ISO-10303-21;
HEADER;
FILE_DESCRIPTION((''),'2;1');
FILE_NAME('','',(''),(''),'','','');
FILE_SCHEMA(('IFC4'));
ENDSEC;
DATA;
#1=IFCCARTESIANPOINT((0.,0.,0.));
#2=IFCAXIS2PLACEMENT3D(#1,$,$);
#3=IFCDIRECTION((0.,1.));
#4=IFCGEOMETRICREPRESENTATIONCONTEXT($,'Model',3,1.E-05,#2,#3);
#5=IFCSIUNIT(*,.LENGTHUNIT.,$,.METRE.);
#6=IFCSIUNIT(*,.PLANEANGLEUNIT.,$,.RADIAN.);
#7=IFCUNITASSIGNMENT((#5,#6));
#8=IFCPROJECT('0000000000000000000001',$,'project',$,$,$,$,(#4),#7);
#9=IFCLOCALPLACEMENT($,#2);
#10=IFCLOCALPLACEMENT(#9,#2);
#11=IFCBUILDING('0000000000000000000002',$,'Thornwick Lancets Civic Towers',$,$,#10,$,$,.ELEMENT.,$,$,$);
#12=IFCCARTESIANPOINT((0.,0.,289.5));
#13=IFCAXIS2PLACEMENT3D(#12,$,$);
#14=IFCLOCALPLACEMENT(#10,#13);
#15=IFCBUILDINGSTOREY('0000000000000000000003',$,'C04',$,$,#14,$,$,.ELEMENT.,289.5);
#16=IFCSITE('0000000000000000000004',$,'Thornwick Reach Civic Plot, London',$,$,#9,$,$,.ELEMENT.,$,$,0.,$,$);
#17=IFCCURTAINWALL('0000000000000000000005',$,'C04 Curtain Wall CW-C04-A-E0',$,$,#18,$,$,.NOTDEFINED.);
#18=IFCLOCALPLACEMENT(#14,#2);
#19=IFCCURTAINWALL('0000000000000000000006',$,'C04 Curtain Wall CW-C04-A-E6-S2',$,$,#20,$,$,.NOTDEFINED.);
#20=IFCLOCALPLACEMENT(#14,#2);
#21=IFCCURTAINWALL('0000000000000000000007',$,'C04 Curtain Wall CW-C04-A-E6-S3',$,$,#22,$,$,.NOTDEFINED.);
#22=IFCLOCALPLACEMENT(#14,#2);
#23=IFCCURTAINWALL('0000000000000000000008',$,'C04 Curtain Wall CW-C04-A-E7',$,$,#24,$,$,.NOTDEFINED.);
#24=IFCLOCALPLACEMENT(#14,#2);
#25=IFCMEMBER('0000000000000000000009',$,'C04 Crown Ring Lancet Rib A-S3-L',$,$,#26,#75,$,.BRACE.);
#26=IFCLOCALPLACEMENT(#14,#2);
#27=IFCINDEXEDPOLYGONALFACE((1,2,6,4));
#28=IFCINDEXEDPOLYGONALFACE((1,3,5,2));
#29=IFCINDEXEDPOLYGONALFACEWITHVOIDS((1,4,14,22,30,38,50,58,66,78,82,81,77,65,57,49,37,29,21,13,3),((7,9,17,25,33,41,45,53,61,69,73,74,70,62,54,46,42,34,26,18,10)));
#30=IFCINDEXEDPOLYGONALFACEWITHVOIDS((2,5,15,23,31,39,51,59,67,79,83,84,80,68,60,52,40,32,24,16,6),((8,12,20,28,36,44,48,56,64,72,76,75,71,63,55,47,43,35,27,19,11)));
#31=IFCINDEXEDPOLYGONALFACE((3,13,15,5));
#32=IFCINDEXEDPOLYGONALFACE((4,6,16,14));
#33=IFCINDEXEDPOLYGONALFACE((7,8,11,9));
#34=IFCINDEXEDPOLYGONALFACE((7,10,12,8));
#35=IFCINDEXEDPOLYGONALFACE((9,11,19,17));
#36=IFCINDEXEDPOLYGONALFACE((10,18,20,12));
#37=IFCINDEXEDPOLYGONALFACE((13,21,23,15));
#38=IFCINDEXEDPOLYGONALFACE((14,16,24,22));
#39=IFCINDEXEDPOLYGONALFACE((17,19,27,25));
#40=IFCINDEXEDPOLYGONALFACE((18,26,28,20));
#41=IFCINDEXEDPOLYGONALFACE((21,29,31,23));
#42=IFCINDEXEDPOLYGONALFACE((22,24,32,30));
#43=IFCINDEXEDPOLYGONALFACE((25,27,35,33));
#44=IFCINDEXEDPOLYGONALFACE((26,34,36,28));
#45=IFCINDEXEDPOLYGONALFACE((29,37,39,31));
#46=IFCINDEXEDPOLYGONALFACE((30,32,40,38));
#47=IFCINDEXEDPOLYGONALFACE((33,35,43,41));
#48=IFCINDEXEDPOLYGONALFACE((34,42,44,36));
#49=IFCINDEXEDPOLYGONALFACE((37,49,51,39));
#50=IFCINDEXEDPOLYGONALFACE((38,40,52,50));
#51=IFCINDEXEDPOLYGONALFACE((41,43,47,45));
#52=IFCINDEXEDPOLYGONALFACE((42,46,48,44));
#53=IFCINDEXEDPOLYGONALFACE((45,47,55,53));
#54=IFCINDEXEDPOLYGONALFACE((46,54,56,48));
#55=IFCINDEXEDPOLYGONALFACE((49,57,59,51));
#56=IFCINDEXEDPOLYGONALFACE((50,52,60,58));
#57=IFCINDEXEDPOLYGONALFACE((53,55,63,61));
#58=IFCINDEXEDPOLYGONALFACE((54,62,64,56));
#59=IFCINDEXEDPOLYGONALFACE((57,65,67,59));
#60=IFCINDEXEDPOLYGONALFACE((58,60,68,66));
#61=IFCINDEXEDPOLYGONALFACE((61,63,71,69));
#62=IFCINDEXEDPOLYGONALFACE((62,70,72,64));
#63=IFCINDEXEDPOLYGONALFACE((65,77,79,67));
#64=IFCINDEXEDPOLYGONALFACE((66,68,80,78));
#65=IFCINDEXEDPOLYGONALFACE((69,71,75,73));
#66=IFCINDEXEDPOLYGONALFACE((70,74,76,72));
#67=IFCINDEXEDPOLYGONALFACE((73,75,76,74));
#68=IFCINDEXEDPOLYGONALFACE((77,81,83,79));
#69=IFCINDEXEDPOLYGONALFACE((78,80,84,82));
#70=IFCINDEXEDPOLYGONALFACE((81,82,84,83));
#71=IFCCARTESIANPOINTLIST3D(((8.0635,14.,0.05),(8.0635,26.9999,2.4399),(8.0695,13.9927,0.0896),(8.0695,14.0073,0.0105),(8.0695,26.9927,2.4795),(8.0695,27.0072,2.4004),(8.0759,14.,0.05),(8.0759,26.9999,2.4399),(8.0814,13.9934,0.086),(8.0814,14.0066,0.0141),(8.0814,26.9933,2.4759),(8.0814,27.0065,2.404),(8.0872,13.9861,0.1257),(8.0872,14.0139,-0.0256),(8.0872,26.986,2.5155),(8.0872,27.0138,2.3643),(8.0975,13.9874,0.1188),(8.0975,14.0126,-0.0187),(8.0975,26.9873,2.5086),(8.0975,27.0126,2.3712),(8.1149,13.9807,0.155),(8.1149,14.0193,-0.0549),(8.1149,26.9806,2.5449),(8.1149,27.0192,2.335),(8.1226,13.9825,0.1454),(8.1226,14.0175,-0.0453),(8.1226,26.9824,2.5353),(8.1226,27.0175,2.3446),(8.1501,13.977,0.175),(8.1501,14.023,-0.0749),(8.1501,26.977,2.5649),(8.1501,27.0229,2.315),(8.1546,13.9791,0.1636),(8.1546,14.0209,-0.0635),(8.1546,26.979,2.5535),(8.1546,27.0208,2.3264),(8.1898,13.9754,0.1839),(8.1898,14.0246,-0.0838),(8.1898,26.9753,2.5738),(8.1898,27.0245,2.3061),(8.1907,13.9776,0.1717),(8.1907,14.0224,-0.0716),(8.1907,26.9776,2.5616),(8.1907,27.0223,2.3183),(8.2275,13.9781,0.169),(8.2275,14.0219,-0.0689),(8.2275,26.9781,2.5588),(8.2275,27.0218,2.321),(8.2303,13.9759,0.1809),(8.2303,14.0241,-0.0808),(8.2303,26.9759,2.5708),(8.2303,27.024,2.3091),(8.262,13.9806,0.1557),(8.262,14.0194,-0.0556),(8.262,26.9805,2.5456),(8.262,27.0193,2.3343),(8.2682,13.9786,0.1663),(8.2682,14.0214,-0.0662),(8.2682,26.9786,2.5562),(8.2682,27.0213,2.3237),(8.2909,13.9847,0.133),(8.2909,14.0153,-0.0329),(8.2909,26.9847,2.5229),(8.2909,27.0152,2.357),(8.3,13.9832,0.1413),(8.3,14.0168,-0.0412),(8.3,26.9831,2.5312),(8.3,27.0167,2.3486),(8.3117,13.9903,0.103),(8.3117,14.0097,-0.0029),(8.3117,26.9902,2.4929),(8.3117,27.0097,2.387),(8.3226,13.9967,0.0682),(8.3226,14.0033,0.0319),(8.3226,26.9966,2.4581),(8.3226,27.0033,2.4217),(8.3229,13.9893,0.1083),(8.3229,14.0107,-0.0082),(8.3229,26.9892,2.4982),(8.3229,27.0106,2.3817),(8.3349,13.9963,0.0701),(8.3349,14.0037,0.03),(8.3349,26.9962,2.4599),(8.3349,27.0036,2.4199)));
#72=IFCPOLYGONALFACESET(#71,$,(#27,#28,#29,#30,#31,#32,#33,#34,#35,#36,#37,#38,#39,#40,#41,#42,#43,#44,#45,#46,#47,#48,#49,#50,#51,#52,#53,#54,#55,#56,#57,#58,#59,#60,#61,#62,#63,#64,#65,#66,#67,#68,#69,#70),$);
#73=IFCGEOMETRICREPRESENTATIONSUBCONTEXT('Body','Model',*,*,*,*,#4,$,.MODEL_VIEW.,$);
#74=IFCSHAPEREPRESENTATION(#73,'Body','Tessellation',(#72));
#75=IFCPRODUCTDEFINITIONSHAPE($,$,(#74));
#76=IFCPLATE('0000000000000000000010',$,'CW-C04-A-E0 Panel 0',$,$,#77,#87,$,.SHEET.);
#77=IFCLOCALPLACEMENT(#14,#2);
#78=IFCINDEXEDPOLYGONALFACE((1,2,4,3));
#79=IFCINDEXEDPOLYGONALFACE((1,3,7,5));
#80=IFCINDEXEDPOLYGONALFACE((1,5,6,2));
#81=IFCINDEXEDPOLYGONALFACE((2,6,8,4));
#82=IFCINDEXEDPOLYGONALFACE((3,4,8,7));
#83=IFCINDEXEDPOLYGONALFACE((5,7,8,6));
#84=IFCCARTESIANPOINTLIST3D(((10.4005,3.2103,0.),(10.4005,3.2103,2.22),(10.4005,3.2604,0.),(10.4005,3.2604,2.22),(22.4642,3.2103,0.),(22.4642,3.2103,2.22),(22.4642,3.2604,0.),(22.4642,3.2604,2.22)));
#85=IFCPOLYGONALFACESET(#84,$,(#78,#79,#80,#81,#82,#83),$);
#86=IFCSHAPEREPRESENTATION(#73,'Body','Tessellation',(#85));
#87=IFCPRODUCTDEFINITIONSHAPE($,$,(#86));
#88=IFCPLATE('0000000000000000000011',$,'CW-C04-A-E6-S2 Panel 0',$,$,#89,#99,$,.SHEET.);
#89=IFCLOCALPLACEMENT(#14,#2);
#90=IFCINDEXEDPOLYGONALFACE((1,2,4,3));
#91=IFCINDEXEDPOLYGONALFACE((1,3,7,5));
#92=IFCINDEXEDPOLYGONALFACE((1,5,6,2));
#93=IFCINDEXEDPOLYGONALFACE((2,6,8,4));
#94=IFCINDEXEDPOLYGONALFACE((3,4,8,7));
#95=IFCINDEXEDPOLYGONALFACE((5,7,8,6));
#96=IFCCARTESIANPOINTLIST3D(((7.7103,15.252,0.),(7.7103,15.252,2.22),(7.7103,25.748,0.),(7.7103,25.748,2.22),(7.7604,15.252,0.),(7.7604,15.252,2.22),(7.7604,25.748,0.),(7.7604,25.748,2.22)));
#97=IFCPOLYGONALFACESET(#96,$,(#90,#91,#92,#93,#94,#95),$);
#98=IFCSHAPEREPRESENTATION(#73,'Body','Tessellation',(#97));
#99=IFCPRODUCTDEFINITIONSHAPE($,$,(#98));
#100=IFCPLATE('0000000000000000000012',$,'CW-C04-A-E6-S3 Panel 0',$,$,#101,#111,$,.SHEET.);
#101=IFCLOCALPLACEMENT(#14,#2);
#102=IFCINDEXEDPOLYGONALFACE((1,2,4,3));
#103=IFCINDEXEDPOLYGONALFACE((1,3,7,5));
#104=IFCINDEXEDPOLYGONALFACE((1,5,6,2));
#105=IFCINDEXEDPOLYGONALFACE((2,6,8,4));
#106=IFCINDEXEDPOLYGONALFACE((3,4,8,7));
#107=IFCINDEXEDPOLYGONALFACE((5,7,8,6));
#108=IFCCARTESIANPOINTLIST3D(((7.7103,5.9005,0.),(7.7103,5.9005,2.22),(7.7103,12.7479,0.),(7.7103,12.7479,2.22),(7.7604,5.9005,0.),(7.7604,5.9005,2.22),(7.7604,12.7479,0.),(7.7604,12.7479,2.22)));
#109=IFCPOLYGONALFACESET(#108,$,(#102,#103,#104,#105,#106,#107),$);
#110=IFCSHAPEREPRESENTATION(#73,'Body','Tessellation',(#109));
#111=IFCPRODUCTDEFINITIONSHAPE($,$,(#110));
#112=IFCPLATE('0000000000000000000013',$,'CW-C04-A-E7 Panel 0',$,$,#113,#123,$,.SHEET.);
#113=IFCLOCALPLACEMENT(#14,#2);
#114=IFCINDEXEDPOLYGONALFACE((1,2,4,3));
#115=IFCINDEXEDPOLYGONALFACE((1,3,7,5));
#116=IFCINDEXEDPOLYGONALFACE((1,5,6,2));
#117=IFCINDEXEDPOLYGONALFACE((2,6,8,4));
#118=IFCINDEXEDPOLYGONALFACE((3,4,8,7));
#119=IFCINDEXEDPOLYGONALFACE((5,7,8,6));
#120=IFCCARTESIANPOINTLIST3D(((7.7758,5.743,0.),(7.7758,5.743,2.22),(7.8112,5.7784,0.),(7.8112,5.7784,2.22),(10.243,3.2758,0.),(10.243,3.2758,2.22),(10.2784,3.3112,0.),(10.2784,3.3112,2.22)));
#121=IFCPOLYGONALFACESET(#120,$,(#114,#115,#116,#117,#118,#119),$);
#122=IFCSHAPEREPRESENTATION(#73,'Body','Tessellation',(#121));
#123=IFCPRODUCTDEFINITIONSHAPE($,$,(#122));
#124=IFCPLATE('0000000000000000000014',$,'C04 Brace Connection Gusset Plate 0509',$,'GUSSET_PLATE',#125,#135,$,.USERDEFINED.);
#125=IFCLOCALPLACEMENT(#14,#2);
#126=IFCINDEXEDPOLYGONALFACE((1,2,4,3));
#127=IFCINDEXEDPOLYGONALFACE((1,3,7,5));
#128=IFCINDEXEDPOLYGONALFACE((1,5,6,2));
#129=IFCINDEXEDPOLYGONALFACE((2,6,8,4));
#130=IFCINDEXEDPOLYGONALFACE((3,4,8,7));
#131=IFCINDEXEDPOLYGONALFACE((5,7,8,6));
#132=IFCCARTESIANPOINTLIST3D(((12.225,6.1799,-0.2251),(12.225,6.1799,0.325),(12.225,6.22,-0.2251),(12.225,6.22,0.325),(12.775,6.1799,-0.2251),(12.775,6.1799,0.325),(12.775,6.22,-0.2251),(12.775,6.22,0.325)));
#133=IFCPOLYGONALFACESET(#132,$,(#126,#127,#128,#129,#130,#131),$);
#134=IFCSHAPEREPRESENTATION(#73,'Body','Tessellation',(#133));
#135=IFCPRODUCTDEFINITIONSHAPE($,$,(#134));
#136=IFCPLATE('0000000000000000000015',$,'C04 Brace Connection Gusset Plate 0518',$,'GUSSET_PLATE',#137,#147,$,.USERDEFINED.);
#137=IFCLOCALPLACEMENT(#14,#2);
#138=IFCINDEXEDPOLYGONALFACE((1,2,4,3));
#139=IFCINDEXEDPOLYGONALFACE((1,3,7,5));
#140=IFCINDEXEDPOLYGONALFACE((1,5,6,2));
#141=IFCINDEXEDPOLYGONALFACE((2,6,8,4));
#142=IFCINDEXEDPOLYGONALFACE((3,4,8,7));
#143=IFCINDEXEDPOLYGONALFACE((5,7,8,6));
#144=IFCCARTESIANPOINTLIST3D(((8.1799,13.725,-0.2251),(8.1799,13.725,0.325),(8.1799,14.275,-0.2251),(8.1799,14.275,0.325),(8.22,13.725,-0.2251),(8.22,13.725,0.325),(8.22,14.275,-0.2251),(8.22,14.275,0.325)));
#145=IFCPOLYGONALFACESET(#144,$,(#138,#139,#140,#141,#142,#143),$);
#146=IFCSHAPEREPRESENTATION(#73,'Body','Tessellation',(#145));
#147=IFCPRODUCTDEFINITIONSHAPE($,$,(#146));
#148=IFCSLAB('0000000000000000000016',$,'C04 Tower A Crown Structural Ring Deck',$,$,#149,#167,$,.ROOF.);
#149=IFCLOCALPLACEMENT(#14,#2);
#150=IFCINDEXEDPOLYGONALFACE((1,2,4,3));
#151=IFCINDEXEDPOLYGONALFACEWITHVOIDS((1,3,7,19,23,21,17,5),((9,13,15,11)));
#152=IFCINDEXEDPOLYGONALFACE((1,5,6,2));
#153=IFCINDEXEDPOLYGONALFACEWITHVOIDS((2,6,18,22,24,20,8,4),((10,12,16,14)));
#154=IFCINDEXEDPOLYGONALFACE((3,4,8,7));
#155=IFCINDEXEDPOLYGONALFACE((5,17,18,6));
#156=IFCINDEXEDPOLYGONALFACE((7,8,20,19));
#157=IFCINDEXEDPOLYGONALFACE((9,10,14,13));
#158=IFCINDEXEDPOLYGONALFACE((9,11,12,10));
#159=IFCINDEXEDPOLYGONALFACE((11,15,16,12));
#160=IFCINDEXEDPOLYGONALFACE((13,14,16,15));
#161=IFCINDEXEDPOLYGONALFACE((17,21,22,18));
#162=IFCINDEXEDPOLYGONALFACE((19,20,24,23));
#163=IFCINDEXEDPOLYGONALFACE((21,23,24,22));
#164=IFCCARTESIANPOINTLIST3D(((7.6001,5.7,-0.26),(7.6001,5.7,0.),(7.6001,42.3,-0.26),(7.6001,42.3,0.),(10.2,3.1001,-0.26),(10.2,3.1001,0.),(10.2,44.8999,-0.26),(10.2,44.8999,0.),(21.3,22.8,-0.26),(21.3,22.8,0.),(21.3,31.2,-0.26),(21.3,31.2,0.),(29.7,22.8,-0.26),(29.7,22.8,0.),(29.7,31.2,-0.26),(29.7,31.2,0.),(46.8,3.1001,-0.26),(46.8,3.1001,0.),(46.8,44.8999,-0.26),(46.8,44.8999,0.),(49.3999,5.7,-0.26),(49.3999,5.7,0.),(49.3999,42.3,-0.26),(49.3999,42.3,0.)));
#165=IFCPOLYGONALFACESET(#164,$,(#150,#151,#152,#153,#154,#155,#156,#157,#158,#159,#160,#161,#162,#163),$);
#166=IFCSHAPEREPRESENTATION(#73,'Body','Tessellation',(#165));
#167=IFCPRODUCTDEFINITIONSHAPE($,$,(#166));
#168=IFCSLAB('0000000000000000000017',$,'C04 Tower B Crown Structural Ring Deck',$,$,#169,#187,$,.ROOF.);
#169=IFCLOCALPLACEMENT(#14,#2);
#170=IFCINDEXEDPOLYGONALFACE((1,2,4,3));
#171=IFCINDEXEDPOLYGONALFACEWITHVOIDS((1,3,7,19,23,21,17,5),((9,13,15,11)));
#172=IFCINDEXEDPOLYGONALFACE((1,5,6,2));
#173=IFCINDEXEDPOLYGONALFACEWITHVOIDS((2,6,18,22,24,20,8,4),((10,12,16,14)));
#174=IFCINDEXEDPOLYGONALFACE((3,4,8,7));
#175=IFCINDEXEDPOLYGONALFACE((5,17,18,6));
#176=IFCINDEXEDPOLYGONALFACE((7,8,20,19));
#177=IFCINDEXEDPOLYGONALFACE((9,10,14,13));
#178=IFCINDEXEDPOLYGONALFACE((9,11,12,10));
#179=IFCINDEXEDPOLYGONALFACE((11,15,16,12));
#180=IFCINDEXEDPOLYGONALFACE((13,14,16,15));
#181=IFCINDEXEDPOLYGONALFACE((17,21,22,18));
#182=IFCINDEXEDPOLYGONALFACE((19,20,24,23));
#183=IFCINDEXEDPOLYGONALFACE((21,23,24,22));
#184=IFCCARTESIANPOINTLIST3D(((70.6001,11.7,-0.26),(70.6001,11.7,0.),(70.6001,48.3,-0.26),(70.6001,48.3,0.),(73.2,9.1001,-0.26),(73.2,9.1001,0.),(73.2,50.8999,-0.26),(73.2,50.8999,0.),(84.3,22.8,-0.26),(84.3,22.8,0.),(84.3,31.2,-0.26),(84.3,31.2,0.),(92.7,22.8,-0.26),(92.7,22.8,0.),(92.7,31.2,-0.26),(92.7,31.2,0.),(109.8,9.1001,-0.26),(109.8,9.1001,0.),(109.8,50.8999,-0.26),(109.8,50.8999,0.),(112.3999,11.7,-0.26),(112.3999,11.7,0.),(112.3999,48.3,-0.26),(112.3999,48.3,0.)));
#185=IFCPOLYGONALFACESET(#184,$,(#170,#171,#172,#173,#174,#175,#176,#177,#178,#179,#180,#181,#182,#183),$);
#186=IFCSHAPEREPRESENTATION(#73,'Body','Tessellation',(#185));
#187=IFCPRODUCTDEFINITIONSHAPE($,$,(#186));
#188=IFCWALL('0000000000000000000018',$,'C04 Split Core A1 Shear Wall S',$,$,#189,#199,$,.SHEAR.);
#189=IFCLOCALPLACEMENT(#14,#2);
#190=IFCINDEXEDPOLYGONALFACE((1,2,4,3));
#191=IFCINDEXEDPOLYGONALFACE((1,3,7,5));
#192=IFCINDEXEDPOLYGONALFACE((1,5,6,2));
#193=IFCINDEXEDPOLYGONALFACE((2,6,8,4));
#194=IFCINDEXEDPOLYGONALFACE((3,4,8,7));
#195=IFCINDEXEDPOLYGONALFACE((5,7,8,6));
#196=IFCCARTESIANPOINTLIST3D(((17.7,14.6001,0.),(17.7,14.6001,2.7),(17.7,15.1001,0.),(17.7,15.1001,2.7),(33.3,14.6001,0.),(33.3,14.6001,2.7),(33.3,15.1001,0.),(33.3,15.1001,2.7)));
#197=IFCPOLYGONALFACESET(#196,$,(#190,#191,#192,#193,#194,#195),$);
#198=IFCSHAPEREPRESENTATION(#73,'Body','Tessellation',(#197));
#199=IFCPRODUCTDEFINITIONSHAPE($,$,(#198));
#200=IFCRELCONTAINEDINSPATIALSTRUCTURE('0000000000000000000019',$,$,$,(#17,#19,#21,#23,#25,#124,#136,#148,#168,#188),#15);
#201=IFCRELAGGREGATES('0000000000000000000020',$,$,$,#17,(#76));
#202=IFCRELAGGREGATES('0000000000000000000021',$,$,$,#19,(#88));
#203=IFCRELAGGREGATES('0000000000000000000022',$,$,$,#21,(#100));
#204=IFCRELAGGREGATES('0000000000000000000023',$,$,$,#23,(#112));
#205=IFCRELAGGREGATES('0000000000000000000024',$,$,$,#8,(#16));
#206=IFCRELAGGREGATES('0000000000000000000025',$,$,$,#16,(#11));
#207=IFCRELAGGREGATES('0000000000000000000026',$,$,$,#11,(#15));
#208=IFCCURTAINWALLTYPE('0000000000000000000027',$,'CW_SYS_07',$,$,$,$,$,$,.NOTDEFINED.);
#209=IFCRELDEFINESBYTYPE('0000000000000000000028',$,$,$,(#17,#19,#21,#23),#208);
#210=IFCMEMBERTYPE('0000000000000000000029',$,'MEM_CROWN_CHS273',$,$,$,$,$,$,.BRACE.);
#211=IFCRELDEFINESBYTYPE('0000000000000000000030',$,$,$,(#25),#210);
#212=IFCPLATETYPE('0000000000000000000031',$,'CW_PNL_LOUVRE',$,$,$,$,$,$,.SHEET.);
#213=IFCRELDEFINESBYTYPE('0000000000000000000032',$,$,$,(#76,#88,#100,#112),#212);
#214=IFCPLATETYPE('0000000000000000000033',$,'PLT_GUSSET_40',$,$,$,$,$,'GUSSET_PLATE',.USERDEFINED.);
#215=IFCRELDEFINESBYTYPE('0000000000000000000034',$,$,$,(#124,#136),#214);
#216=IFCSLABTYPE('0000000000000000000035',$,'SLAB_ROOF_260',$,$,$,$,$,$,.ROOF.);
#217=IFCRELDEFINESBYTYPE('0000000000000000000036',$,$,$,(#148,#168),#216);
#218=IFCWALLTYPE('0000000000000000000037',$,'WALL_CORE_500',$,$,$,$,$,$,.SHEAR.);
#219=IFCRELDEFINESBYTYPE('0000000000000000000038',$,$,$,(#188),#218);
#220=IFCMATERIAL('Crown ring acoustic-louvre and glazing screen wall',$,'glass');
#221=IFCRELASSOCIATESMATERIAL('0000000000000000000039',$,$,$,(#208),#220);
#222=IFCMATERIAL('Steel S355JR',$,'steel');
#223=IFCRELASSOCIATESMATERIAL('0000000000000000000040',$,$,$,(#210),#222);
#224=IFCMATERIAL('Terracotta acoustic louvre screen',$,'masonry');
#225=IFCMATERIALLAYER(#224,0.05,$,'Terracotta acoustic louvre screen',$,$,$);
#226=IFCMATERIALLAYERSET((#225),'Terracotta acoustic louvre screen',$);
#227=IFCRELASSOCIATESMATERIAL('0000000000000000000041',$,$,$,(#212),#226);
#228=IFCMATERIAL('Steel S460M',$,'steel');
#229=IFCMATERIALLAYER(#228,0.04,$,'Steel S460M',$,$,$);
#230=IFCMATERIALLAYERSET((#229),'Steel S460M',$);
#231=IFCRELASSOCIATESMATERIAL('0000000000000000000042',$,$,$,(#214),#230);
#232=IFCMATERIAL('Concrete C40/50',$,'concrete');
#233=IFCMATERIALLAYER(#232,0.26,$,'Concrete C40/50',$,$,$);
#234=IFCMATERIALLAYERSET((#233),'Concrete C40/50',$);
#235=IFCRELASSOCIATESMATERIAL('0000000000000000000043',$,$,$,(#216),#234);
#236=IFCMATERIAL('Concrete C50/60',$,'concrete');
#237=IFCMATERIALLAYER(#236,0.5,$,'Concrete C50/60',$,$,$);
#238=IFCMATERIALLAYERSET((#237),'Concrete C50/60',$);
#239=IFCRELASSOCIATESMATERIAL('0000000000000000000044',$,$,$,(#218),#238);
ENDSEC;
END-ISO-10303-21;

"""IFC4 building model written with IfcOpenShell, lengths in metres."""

from ifc_helpers import new_model, si_unit, direction, frame, frame_2d, origin, origin_2d, place, context, subcontext, project, spatial, polyline, rectangle, hollow_circle, outline, extrude, material, layer, layer_set, material_profile, profile_set, type_object, element, aggregate, save


model = new_model("IFC4")

# Units and contexts
model_context = context("Model", 3, precision=1e-05, world=origin(), true_north=direction((0.0, 1.0)))
body_context = subcontext(model_context, "Body", "Model", "MODEL_VIEW")
ifc_project = project(units=[si_unit("LENGTHUNIT", "METRE"), si_unit("PLANEANGLEUNIT", "RADIAN")], contexts=[model_context])

# Site, building, storey
site_placement = place(None, origin())
site = spatial("IfcSite", under=ifc_project, at=site_placement, Name="Thornwick Reach Civic Plot, London", CompositionType="ELEMENT", RefElevation=0.0)
building_placement = place(site_placement, origin())
building = spatial("IfcBuilding", under=site, at=building_placement, Name="Thornwick Lancets Civic Towers", CompositionType="ELEMENT")
storey_placement = place(building_placement, frame((0.0, 0.0, 289.5)))
storey = spatial("IfcBuildingStorey", under=building, at=storey_placement, Name="C04", CompositionType="ELEMENT", Elevation=289.5)

# Shared definitions
ifc_material_1 = material(Name="Steel S355JR", Category="steel")

# Curtain wall
ifc_material_2 = material(Name="Crown ring acoustic-louvre and glazing screen wall", Category="glass")
curtain_wall_type = type_object("IfcCurtainWallType", Name="CW_SYS_07", PredefinedType="NOTDEFINED", material=ifc_material_2)
curtain_wall_1_placement = place(storey_placement, origin())
curtain_wall_1 = element("IfcCurtainWall", 1, at=curtain_wall_1_placement, inside=storey, type_object=curtain_wall_type, Name="C04 Curtain Wall CW-C04-A-E0", PredefinedType="NOTDEFINED")

# Curtain wall
curtain_wall_2_placement = place(storey_placement, origin())
curtain_wall_2 = element("IfcCurtainWall", 2, at=curtain_wall_2_placement, inside=storey, type_object=curtain_wall_type, Name="C04 Curtain Wall CW-C04-A-E6-S2", PredefinedType="NOTDEFINED")

# Curtain walls
curtain_wall_3_placement = place(storey_placement, origin())
curtain_wall_3 = element("IfcCurtainWall", 3, at=curtain_wall_3_placement, inside=storey, type_object=curtain_wall_type, Name="C04 Curtain Wall CW-C04-A-E6-S3", PredefinedType="NOTDEFINED")
curtain_wall_4_placement = place(storey_placement, origin())
curtain_wall_4 = element("IfcCurtainWall", 4, at=curtain_wall_4_placement, inside=storey, type_object=curtain_wall_type, Name="C04 Curtain Wall CW-C04-A-E7", PredefinedType="NOTDEFINED")

# Member
ifc_material_profile_1 = material_profile(ifc_material_1, hollow_circle(Radius=0.1365, WallThickness=0.0125, at=origin_2d()), Name="CHS 273x12.5")
ifc_profile_set_1 = profile_set([ifc_material_profile_1], Name="Steel S355JR")
member_type_1 = type_object("IfcMemberType", Name="MEM_CROWN_CHS273", PredefinedType="BRACE", material=ifc_profile_set_1)
for number, where, z_axis, x_axis, name in (
    (5, (8.2, 14.0, 0.05), (0.0, 0.983518, 0.180808), (-1.0, 0.0, 0.0), "C04 Crown Ring Lancet Rib A-S3-L"),
):
    element("IfcMember", number, at=place(storey_placement, frame(where, z_axis=z_axis, x_axis=x_axis)), inside=storey, type_object=member_type_1, Name=name, PredefinedType="BRACE", context=body_context, shape_type="SweptSolid", body=[
        extrude(hollow_circle(Radius=0.1365, WallThickness=0.0125, at=origin_2d()), origin(), (0.0, 0.0, 1.0), 13.2178),
    ])

# Plates
ifc_material_3 = material(Name="Terracotta acoustic louvre screen", Category="masonry")
ifc_layer_1 = layer(ifc_material_3, 0.05, Name="Terracotta acoustic louvre screen")
ifc_layer_set_1 = layer_set([ifc_layer_1], Name="Terracotta acoustic louvre screen")
plate_type_1 = type_object("IfcPlateType", Name="CW_PNL_LOUVRE", PredefinedType="SHEET", material=ifc_layer_set_1)
plate_1_placement = place(storey_placement, frame((16.4324, 3.2354, 0.0), z_axis=(0.0, 0.0, 1.0), x_axis=(1.0, 0.0, 0.0)))
plate_1 = element("IfcPlate", 6, at=plate_1_placement, type_object=plate_type_1, Name="CW-C04-A-E0 Panel 0", PredefinedType="SHEET", context=body_context, shape_type="SweptSolid", body=[
    extrude(rectangle(XDim=12.0637, YDim=0.05, at=origin_2d()), origin(), (0.0, 0.0, 1.0), 2.22),
])
aggregate(curtain_wall_1, [plate_1])
plate_2_placement = place(storey_placement, frame((7.7354, 20.5, 0.0), z_axis=(0.0, 0.0, 1.0), x_axis=(0.0, -1.0, 0.0)))
plate_2 = element("IfcPlate", 7, at=plate_2_placement, type_object=plate_type_1, Name="CW-C04-A-E6-S2 Panel 0", PredefinedType="SHEET", context=body_context, shape_type="SweptSolid", body=[
    extrude(rectangle(XDim=10.4961, YDim=0.05, at=origin_2d()), origin(), (0.0, 0.0, 1.0), 2.22),
])
aggregate(curtain_wall_2, [plate_2])
plate_3_placement = place(storey_placement, frame((7.7354, 9.3242, 0.0), z_axis=(0.0, 0.0, 1.0), x_axis=(0.0, -1.0, 0.0)))
plate_3 = element("IfcPlate", 8, at=plate_3_placement, type_object=plate_type_1, Name="CW-C04-A-E6-S3 Panel 0", PredefinedType="SHEET", context=body_context, shape_type="SweptSolid", body=[
    extrude(rectangle(XDim=6.8474, YDim=0.05, at=origin_2d()), origin(), (0.0, 0.0, 1.0), 2.22),
])
aggregate(curtain_wall_3, [plate_3])
plate_4_placement = place(storey_placement, frame((9.0271, 4.5271, 0.0), z_axis=(0.0, 0.0, 1.0), x_axis=(0.707107, -0.707107, 0.0)))
plate_4 = element("IfcPlate", 9, at=plate_4_placement, type_object=plate_type_1, Name="CW-C04-A-E7 Panel 0", PredefinedType="SHEET", context=body_context, shape_type="SweptSolid", body=[
    extrude(rectangle(XDim=3.4893, YDim=0.05, at=origin_2d()), origin(), (0.0, 0.0, 1.0), 2.22),
])
aggregate(curtain_wall_4, [plate_4])

# Plates
ifc_material_4 = material(Name="Steel S460M", Category="steel")
ifc_layer_2 = layer(ifc_material_4, 0.04, Name="Steel S460M")
ifc_layer_set_2 = layer_set([ifc_layer_2], Name="Steel S460M")
plate_type_2 = type_object("IfcPlateType", Name="PLT_GUSSET_40", ElementType="GUSSET_PLATE", PredefinedType="USERDEFINED", material=ifc_layer_set_2)
for number, where, z_axis, x_axis, name in (
    (10, (12.5, 6.2, -0.2251), (0.0, 0.0, 1.0), (1.0, 0.0, 0.0), "C04 Brace Connection Gusset Plate 0509"),
    (11, (8.2, 14.0, -0.2251), (0.0, 0.0, 1.0), (0.0, 1.0, 0.0), "C04 Brace Connection Gusset Plate 0518"),
):
    element("IfcPlate", number, at=place(storey_placement, frame(where, z_axis=z_axis, x_axis=x_axis)), inside=storey, type_object=plate_type_2, Name=name, ObjectType="GUSSET_PLATE", PredefinedType="USERDEFINED", context=body_context, shape_type="SweptSolid", body=[
        extrude(rectangle(XDim=0.55, YDim=0.04, at=origin_2d()), origin(), (0.0, 0.0, 1.0), 0.55),
    ])

# Slabs
ifc_material_5 = material(Name="Concrete C40/50", Category="concrete")
ifc_layer_3 = layer(ifc_material_5, 0.26, Name="Concrete C40/50")
ifc_layer_set_3 = layer_set([ifc_layer_3], Name="Concrete C40/50")
slab_type = type_object("IfcSlabType", Name="SLAB_ROOF_260", PredefinedType="ROOF", material=ifc_layer_set_3)
slab_1_placement = place(storey_placement, frame((0.0, 0.0, -0.26)))
element("IfcSlab", 12, at=slab_1_placement, inside=storey, type_object=slab_type, Name="C04 Tower A Crown Structural Ring Deck", PredefinedType="ROOF", context=body_context, shape_type="SweptSolid", body=[
    extrude(outline(polyline([(10.2, 3.1001), (46.8, 3.1001), (49.3999, 5.7), (49.3999, 42.3), (46.8, 44.8999), (10.2, 44.8999), (7.6001, 42.3), (7.6001, 5.7), (10.2, 3.1001)]), holes=[polyline([(21.3, 22.8), (29.7, 22.8), (29.7, 31.2), (21.3, 31.2), (21.3, 22.8)])]), origin(), (0.0, 0.0, 1.0), 0.26),
])
slab_2_placement = place(storey_placement, frame((0.0, 0.0, -0.26)))
element("IfcSlab", 13, at=slab_2_placement, inside=storey, type_object=slab_type, Name="C04 Tower B Crown Structural Ring Deck", PredefinedType="ROOF", context=body_context, shape_type="SweptSolid", body=[
    extrude(outline(polyline([(73.2, 9.1001), (109.8, 9.1001), (112.3999, 11.7), (112.3999, 48.3), (109.8, 50.8999), (73.2, 50.8999), (70.6001, 48.3), (70.6001, 11.7), (73.2, 9.1001)]), holes=[polyline([(84.3, 22.8), (92.7, 22.8), (92.7, 31.2), (84.3, 31.2), (84.3, 22.8)])]), origin(), (0.0, 0.0, 1.0), 0.26),
])

# Wall
ifc_material_6 = material(Name="Concrete C50/60", Category="concrete")
ifc_layer_4 = layer(ifc_material_6, 0.5, Name="Concrete C50/60")
ifc_layer_set_4 = layer_set([ifc_layer_4], Name="Concrete C50/60")
wall_type = type_object("IfcWallType", Name="WALL_CORE_500", PredefinedType="SHEAR", material=ifc_layer_set_4)
wall_placement = place(storey_placement, frame((17.7, 14.8501, 0.0), z_axis=(0.0, 0.0, 1.0), x_axis=(1.0, 0.0, 0.0)))
element("IfcWall", 14, at=wall_placement, inside=storey, type_object=wall_type, Name="C04 Split Core A1 Shear Wall S", PredefinedType="SHEAR", context=body_context, shape_type="SweptSolid", body=[
    extrude(rectangle(XDim=15.6001, YDim=0.5, at=frame_2d((7.8, 0.0))), origin(), (0.0, 0.0, 1.0), 2.7),
])

save(model, "model.ifc")
